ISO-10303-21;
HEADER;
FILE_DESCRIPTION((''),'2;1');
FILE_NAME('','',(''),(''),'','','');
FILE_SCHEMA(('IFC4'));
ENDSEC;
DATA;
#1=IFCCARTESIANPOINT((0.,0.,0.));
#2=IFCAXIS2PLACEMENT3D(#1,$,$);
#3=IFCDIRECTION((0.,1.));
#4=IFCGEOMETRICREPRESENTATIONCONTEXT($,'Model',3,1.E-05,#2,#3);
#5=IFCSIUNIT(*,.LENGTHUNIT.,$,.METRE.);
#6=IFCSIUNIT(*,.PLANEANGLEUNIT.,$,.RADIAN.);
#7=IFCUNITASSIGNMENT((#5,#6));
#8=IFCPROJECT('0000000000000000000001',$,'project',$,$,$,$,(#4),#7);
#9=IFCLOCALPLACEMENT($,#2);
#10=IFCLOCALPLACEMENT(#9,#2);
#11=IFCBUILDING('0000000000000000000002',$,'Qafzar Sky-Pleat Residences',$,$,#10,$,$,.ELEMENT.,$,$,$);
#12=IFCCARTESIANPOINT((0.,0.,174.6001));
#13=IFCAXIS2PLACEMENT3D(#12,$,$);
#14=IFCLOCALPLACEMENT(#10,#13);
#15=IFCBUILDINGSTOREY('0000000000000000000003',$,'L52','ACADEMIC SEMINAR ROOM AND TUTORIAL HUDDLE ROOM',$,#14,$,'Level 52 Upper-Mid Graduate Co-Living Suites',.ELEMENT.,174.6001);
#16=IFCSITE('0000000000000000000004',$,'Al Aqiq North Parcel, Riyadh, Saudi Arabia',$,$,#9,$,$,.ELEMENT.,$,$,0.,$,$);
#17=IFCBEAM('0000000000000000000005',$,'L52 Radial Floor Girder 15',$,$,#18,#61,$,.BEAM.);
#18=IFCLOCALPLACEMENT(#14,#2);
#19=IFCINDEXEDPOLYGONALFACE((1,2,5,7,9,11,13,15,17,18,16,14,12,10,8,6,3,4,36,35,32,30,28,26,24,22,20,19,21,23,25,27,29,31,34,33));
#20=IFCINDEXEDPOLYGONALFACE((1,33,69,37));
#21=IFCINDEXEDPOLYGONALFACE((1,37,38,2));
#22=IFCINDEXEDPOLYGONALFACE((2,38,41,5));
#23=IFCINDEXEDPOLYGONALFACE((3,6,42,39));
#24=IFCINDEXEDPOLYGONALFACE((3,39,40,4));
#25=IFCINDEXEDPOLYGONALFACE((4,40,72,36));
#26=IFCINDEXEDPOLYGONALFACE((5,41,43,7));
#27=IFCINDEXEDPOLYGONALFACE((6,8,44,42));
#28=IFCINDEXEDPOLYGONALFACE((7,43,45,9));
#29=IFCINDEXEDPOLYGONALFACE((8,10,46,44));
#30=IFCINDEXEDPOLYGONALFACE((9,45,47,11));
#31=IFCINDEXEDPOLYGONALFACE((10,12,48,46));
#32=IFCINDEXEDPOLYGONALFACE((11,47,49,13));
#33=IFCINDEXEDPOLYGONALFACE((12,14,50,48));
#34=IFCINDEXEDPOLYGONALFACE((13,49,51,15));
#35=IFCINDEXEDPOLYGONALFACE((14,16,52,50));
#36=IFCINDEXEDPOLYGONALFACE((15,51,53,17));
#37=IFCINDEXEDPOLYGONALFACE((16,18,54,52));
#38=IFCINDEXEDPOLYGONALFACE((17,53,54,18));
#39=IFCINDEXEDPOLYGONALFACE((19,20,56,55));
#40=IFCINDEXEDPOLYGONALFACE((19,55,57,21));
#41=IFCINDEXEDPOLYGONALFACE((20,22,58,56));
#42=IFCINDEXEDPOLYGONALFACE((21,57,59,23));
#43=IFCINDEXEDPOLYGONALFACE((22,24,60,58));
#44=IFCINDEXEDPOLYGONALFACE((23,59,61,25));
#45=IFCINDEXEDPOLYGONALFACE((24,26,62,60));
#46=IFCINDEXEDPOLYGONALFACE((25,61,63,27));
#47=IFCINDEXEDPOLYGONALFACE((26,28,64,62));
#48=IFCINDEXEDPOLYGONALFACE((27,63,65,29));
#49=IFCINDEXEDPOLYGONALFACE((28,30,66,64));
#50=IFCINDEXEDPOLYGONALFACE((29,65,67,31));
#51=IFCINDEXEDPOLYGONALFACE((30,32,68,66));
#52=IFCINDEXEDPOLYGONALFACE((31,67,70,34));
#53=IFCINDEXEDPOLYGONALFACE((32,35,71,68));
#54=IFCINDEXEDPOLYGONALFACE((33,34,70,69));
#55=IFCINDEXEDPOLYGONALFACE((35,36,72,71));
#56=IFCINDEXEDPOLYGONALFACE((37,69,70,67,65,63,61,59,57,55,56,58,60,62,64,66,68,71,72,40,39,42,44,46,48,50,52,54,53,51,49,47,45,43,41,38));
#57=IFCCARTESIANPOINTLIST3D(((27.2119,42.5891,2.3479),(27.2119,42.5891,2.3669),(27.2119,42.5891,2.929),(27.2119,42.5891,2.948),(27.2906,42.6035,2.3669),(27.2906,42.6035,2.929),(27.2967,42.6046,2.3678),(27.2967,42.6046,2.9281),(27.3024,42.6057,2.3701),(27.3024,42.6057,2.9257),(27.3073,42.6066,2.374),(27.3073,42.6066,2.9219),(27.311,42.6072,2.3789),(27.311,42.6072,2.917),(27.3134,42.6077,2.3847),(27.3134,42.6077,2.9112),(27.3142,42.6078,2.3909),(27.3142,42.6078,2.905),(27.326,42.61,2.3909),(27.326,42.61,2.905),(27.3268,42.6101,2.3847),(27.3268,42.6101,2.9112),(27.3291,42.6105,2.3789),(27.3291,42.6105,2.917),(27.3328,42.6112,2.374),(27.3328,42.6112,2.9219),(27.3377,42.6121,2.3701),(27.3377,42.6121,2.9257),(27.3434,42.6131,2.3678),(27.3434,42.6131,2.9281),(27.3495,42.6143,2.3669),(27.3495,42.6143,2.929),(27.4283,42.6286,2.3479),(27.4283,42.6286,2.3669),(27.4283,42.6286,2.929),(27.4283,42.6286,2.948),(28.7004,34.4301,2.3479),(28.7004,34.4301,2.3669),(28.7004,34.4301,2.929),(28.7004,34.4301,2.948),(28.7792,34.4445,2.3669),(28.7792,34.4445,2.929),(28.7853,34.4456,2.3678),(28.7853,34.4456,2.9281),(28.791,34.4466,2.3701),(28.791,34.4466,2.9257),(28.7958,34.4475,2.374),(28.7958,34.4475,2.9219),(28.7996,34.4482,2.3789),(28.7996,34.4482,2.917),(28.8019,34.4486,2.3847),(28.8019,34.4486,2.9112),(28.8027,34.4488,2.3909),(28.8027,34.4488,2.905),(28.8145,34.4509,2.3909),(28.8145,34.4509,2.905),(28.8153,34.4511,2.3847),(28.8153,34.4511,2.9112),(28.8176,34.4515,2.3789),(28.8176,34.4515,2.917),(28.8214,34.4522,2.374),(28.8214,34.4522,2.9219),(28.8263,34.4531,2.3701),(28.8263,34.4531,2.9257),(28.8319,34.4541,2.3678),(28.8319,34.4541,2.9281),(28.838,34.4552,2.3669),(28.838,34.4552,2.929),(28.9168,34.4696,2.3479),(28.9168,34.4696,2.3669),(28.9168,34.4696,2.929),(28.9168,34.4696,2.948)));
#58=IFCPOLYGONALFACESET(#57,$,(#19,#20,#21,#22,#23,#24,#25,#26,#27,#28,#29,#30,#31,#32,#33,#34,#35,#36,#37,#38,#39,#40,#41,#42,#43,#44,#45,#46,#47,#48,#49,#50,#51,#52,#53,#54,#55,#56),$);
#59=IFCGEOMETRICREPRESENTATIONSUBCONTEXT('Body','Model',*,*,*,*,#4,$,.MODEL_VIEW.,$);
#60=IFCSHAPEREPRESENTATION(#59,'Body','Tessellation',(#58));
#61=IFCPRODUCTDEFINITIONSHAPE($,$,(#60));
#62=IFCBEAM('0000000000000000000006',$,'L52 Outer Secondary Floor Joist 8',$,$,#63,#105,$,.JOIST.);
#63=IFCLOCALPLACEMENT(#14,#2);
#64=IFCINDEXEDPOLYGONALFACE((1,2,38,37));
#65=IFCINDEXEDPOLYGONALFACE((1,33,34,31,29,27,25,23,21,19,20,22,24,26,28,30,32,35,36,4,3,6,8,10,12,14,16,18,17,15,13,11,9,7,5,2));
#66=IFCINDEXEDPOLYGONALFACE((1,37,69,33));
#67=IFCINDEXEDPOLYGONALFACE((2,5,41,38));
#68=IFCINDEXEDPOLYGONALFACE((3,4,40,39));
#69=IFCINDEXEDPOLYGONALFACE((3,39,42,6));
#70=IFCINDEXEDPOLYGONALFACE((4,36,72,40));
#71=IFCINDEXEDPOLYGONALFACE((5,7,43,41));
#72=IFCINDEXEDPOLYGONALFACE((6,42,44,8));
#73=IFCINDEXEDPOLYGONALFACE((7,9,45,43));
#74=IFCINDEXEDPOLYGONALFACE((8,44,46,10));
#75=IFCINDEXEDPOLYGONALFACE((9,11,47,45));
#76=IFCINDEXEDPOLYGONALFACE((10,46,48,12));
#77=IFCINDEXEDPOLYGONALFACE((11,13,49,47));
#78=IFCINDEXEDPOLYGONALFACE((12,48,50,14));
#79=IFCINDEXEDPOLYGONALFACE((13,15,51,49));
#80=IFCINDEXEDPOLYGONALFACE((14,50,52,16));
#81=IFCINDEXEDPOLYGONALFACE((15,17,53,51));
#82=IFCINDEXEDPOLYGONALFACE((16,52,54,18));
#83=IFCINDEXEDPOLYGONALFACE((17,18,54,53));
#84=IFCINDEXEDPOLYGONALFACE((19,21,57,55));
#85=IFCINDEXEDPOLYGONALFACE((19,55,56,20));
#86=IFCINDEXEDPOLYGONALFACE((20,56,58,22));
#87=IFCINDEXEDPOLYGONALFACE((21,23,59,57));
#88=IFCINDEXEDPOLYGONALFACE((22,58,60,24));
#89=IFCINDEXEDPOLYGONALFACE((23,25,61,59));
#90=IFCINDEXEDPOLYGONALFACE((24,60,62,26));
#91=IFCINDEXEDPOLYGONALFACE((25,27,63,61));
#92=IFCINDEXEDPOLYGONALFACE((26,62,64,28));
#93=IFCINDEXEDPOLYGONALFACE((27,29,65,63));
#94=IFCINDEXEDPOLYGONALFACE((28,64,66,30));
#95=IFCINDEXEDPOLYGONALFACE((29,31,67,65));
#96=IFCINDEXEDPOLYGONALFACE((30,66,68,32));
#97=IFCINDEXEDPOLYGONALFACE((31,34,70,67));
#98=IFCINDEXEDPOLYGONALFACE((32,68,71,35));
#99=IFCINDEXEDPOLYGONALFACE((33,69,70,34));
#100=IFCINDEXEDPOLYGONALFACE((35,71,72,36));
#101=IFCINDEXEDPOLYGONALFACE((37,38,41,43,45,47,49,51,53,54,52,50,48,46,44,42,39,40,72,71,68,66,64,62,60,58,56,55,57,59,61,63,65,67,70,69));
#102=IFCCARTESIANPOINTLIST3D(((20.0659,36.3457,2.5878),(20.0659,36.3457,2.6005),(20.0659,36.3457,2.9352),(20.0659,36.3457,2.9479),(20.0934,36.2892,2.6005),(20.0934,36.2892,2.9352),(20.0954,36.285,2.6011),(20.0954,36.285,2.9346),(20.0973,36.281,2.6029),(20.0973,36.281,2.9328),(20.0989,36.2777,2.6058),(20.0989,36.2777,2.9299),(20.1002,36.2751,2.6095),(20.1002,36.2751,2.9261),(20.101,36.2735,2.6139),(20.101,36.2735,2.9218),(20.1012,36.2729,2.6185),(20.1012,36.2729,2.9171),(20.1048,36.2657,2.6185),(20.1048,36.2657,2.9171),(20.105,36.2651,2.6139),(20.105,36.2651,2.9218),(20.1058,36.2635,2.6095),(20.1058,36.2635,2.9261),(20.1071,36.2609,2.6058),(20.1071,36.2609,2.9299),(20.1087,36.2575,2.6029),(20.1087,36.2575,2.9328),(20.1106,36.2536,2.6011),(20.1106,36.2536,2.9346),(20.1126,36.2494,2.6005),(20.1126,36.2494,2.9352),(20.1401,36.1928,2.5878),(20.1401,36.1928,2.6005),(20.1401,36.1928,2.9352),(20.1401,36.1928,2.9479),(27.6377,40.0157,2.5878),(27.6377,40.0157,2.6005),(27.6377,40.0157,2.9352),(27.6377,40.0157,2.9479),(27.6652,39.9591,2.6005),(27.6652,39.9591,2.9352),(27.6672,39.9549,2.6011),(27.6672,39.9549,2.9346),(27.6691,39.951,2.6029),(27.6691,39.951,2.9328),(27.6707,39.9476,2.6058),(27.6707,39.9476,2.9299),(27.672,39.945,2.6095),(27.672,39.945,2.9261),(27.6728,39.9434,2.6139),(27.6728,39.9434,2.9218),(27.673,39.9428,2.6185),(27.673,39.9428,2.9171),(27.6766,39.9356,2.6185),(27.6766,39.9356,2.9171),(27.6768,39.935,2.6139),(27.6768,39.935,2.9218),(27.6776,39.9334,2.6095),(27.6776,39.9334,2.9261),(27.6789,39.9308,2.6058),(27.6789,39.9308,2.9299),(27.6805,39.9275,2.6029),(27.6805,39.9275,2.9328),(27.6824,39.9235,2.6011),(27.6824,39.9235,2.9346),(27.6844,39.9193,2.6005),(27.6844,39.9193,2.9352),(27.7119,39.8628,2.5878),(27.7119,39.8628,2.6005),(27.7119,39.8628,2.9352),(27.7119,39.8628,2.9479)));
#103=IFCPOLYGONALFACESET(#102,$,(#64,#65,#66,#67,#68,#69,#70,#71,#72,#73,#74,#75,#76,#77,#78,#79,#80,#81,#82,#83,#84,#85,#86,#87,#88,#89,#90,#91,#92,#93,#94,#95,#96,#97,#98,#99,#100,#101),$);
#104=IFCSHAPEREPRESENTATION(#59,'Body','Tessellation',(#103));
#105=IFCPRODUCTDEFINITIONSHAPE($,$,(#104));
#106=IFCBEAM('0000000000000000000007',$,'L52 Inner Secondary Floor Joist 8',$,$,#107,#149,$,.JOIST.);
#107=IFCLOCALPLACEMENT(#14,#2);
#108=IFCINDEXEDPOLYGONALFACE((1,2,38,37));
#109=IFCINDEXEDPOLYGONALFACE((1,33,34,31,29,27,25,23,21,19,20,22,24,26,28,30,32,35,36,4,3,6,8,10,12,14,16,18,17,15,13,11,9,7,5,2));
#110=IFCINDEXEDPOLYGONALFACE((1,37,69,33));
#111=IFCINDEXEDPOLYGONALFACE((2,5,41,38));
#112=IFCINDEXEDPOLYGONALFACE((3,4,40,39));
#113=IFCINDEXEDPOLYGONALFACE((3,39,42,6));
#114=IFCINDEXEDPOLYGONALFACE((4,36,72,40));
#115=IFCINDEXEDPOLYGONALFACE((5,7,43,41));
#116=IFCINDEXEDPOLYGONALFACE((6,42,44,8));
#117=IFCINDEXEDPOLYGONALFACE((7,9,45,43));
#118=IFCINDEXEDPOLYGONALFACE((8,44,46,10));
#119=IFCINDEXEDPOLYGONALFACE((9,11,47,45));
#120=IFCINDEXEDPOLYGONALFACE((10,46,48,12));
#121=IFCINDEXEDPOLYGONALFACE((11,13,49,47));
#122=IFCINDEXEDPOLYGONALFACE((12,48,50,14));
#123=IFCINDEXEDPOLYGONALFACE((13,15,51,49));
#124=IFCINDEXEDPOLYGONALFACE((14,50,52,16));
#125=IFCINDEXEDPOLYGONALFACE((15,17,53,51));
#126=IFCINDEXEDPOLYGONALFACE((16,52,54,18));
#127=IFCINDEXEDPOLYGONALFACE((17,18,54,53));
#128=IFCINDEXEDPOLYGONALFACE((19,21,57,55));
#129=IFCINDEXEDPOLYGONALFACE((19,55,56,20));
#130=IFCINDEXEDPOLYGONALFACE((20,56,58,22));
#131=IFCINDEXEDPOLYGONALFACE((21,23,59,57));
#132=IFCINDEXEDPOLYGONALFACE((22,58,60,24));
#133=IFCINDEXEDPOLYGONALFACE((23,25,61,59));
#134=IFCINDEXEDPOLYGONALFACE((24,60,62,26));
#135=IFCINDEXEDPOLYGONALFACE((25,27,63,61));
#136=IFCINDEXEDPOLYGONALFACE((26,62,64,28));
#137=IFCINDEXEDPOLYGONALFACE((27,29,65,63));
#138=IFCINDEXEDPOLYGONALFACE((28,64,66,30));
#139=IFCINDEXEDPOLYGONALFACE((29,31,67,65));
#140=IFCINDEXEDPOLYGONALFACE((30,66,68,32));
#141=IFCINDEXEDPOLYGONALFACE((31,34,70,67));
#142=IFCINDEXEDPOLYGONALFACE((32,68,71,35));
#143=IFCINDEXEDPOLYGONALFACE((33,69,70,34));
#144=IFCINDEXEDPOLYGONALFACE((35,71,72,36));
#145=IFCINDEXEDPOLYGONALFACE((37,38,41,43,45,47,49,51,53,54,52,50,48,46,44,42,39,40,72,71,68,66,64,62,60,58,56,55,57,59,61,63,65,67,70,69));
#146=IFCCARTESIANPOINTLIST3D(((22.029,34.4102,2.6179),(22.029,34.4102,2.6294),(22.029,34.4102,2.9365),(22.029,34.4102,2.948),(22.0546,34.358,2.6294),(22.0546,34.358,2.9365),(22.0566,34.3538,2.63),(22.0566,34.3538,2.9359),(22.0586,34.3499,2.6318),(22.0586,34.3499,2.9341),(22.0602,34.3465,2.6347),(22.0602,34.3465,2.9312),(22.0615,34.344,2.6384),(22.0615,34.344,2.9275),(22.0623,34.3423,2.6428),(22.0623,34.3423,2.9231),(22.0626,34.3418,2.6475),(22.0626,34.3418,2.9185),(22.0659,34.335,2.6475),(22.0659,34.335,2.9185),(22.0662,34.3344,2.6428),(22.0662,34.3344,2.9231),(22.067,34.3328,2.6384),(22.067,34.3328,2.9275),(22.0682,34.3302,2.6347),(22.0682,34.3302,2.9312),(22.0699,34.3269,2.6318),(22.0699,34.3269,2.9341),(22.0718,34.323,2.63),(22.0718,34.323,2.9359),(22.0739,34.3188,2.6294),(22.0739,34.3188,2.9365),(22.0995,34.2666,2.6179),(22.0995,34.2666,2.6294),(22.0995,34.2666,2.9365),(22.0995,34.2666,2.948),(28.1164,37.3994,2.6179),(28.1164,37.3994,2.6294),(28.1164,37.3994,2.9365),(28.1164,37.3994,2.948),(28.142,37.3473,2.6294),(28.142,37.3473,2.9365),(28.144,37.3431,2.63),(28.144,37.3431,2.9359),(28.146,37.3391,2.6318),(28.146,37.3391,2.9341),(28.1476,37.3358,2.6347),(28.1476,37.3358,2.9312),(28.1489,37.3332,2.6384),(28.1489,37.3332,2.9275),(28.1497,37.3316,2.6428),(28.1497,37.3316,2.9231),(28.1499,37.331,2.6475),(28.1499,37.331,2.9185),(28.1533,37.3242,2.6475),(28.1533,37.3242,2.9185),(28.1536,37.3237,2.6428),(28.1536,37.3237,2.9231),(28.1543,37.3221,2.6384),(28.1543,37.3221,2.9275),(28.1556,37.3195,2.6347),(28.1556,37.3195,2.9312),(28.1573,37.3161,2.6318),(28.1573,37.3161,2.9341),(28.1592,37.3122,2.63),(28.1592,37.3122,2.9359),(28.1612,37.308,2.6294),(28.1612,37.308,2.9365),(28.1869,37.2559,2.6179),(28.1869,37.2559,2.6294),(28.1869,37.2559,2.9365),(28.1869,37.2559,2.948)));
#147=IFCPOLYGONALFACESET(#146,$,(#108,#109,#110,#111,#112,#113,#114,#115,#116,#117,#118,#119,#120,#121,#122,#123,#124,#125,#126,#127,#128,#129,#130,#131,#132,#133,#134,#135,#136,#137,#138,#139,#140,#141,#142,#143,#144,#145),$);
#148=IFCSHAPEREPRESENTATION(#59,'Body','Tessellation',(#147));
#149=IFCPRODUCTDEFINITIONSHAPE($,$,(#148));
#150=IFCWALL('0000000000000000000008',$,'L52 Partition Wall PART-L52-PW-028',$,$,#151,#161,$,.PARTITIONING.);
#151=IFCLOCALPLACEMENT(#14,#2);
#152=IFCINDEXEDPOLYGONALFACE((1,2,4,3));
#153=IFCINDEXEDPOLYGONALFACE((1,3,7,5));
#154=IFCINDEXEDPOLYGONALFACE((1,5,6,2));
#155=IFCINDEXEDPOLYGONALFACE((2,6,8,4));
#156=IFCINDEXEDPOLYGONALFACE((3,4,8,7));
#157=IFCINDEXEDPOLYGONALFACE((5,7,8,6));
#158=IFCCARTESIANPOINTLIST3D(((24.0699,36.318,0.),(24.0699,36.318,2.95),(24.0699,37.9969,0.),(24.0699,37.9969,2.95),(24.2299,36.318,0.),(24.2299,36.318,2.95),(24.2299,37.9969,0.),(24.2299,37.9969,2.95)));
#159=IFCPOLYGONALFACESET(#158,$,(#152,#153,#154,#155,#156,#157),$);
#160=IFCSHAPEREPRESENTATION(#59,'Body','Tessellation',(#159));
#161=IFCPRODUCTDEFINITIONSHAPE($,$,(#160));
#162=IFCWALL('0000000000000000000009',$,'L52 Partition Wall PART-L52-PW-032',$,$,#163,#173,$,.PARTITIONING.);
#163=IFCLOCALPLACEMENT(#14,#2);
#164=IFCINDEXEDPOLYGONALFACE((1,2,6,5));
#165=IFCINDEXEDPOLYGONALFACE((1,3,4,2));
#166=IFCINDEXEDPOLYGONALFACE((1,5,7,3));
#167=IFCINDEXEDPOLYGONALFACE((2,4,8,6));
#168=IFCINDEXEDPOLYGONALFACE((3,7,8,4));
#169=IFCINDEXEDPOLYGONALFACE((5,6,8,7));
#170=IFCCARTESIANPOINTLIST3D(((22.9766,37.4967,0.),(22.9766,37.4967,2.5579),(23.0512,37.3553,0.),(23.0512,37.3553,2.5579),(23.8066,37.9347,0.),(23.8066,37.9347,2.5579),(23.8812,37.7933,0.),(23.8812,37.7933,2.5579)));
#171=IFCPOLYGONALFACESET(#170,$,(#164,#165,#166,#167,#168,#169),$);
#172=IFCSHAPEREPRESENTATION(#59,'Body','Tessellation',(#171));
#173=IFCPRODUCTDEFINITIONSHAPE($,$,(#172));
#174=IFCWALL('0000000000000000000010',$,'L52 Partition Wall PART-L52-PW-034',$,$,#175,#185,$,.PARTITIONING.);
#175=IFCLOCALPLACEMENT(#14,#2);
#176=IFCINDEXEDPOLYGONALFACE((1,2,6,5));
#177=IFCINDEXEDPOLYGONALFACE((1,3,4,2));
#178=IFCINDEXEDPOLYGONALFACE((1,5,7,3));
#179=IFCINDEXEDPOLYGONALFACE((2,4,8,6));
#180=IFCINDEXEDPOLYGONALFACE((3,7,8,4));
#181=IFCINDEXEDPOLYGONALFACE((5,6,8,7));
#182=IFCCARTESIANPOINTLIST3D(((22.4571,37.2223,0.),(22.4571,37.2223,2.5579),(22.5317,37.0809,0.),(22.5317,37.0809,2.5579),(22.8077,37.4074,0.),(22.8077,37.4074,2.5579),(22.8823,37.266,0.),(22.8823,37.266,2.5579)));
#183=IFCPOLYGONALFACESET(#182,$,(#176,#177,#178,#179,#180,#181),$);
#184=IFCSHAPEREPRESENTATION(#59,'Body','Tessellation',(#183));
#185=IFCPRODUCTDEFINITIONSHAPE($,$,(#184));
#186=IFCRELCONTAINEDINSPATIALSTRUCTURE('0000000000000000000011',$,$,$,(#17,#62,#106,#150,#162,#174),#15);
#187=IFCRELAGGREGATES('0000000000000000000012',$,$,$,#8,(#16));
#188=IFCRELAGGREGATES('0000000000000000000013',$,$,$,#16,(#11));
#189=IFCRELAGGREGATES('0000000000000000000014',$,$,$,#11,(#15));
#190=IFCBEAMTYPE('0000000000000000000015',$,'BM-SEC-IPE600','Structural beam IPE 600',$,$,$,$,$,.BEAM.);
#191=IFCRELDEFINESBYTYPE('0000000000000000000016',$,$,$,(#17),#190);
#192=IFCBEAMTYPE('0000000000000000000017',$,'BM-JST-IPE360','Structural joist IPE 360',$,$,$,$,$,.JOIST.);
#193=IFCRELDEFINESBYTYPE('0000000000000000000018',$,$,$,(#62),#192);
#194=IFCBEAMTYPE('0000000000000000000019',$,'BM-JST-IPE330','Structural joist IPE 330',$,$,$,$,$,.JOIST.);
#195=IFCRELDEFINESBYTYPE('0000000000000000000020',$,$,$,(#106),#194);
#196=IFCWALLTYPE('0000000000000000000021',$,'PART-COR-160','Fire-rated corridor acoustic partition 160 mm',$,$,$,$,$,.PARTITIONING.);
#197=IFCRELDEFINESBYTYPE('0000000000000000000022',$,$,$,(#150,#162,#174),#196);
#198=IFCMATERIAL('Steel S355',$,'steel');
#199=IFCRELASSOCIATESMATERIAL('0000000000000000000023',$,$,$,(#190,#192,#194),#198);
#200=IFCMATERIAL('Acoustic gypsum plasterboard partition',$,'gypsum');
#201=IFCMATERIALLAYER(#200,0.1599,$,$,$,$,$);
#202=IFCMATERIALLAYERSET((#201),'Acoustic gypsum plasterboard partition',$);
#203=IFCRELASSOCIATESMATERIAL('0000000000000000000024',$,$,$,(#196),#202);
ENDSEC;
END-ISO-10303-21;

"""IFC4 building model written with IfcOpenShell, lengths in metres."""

from ifc_helpers import new_model, si_unit, direction, frame, frame_2d, origin, origin_2d, place, context, subcontext, project, spatial, rectangle, i_section, extrude, source, transform, mapped, material, layer, layer_set, material_profile, profile_set, type_object, element, save


model = new_model("IFC4")

# Units and contexts
model_context = context("Model", 3, precision=1e-05, world=origin(), true_north=direction((0.0, 1.0)))
body_context = subcontext(model_context, "Body", "Model", "MODEL_VIEW")
ifc_project = project(units=[si_unit("LENGTHUNIT", "METRE"), si_unit("PLANEANGLEUNIT", "RADIAN")], contexts=[model_context])

# Site, building, storey
site_placement = place(None, origin())
site = spatial("IfcSite", under=ifc_project, at=site_placement, Name="Al Aqiq North Parcel, Riyadh, Saudi Arabia", CompositionType="ELEMENT", RefElevation=0.0)
building_placement = place(site_placement, origin())
building = spatial("IfcBuilding", under=site, at=building_placement, Name="Qafzar Sky-Pleat Residences", CompositionType="ELEMENT")
storey_placement = place(building_placement, frame((0.0, 0.0, 174.6001)))
storey = spatial("IfcBuildingStorey", under=building, at=storey_placement, Name="L52", Description="ACADEMIC SEMINAR ROOM AND TUTORIAL HUDDLE ROOM", LongName="Level 52 Upper-Mid Graduate Co-Living Suites", CompositionType="ELEMENT", Elevation=174.6001)

# Shared definitions
ifc_material_1 = material(Name="Steel S355", Category="steel")

# Beams
ifc_material_profile_1 = material_profile(ifc_material_1, i_section(OverallWidth=0.22, OverallDepth=0.6001, WebThickness=0.012, FlangeThickness=0.019, FilletRadius=0.0239, at=origin_2d()), Name="IPE 600")
ifc_profile_set_1 = profile_set([ifc_material_profile_1], Name="Steel S355")
beam_type_1 = type_object("IfcBeamType", Name="BM-SEC-IPE600", Description="Structural beam IPE 600", PredefinedType="BEAM", material=ifc_profile_set_1)
shared_shape_1 = source(origin(), body_context, "Body", "SweptSolid", [
    extrude(i_section(OverallWidth=0.22, OverallDepth=0.6001, WebThickness=0.012, FlangeThickness=0.019, FilletRadius=0.0239, at=origin_2d()), origin(), (0.0, 0.0, 1.0), 8.2937),
])
beam_1_placement = place(storey_placement, frame((27.3201, 42.6089, 2.6479), z_axis=(0.179479, -0.983762, 0.0), x_axis=(0.983762, 0.179479, 0.0)))
element("IfcBeam", 1, at=beam_1_placement, inside=storey, type_object=beam_type_1, Name="L52 Radial Floor Girder 15", PredefinedType="BEAM", context=body_context, shape_type="MappedRepresentation", body=[
    mapped(shared_shape_1, transform((0.0, 0.0, 0.0), x_axis=(1.0, 0.0, 0.0), y_axis=(0.0, 1.0, 0.0), z_axis=(0.0, 0.0, 1.0), scale=1.0)),
])
ifc_material_profile_2 = material_profile(ifc_material_1, i_section(OverallWidth=0.1699, OverallDepth=0.3601, WebThickness=0.0081, FlangeThickness=0.0127, FilletRadius=0.0181, at=origin_2d()), Name="IPE 360")
ifc_profile_set_2 = profile_set([ifc_material_profile_2], Name="Steel S355")
beam_type_2 = type_object("IfcBeamType", Name="BM-JST-IPE360", Description="Structural joist IPE 360", PredefinedType="JOIST", material=ifc_profile_set_2)
shared_shape_2 = source(origin(), body_context, "Body", "SweptSolid", [
    extrude(i_section(OverallWidth=0.1699, OverallDepth=0.3601, WebThickness=0.0081, FlangeThickness=0.0127, FilletRadius=0.0181, at=origin_2d()), origin(), (0.0, 0.0, 1.0), 8.4143),
])
beam_2_placement = place(storey_placement, frame((27.6748, 39.9392, 2.7678), z_axis=(-0.899872, -0.436154, 0.0), x_axis=(0.436154, -0.899872, 0.0)))
element("IfcBeam", 2, at=beam_2_placement, inside=storey, type_object=beam_type_2, Name="L52 Outer Secondary Floor Joist 8", PredefinedType="JOIST", context=body_context, shape_type="MappedRepresentation", body=[
    mapped(shared_shape_2, transform((0.0, 0.0, 0.0), x_axis=(1.0, 0.0, 0.0), y_axis=(0.0, 1.0, 0.0), z_axis=(0.0, 0.0, 1.0), scale=1.0)),
])
ifc_material_profile_3 = material_profile(ifc_material_1, i_section(OverallWidth=0.1599, OverallDepth=0.3301, WebThickness=0.0076, FlangeThickness=0.0115, FilletRadius=0.0181, at=origin_2d()), Name="IPE 330")
ifc_profile_set_3 = profile_set([ifc_material_profile_3], Name="Steel S355")
beam_type_3 = type_object("IfcBeamType", Name="BM-JST-IPE330", Description="Structural joist IPE 330", PredefinedType="JOIST", material=ifc_profile_set_3)
shared_shape_3 = source(origin(), body_context, "Body", "SweptSolid", [
    extrude(i_section(OverallWidth=0.1599, OverallDepth=0.3301, WebThickness=0.0076, FlangeThickness=0.0115, FilletRadius=0.0181, at=origin_2d()), origin(), (0.0, 0.0, 1.0), 6.7817),
])
beam_3_placement = place(storey_placement, frame((28.1516, 37.3276, 2.783), z_axis=(-0.897615, -0.44078, 0.0), x_axis=(0.44078, -0.897615, 0.0)))
element("IfcBeam", 3, at=beam_3_placement, inside=storey, type_object=beam_type_3, Name="L52 Inner Secondary Floor Joist 8", PredefinedType="JOIST", context=body_context, shape_type="MappedRepresentation", body=[
    mapped(shared_shape_3, transform((0.0, 0.0, 0.0), x_axis=(1.0, 0.0, 0.0), y_axis=(0.0, 1.0, 0.0), z_axis=(0.0, 0.0, 1.0), scale=1.0)),
])

# Walls
ifc_material_2 = material(Name="Acoustic gypsum plasterboard partition", Category="gypsum")
ifc_layer_1 = layer(ifc_material_2, 0.1599)
ifc_layer_set_1 = layer_set([ifc_layer_1], Name="Acoustic gypsum plasterboard partition")
wall_type_1 = type_object("IfcWallType", Name="PART-COR-160", Description="Fire-rated corridor acoustic partition 160 mm", PredefinedType="PARTITIONING", material=ifc_layer_set_1)
wall_1_placement = place(storey_placement, frame((24.1499, 36.3181, 0.0), z_axis=(0.0, 0.0, 1.0), x_axis=(0.0, 1.0, 0.0)))
element("IfcWall", 4, at=wall_1_placement, inside=storey, type_object=wall_type_1, Name="L52 Partition Wall PART-L52-PW-028", PredefinedType="PARTITIONING", context=body_context, shape_type="SweptSolid", body=[
    extrude(rectangle(XDim=1.679, YDim=0.1599, at=frame_2d((0.8394, 0.0))), origin(), (0.0, 0.0, 1.0), 2.95),
])
wall_2_placement = place(storey_placement, frame((23.0139, 37.426, 0.0), z_axis=(0.0, 0.0, 1.0), x_axis=(0.884432, 0.466668, 0.0)))
element("IfcWall", 5, at=wall_2_placement, inside=storey, type_object=wall_type_1, Name="L52 Partition Wall PART-L52-PW-032", PredefinedType="PARTITIONING", context=body_context, shape_type="SweptSolid", body=[
    extrude(rectangle(XDim=0.9385, YDim=0.1599, at=frame_2d((0.4692, 0.0))), origin(), (0.0, 0.0, 1.0), 2.5579),
])
wall_3_placement = place(storey_placement, frame((22.4944, 37.1516, 0.0), z_axis=(0.0, 0.0, 1.0), x_axis=(0.884357, 0.466812, 0.0)))
element("IfcWall", 6, at=wall_3_placement, inside=storey, type_object=wall_type_1, Name="L52 Partition Wall PART-L52-PW-034", PredefinedType="PARTITIONING", context=body_context, shape_type="SweptSolid", body=[
    extrude(rectangle(XDim=0.3965, YDim=0.1599, at=frame_2d((0.1982, 0.0))), origin(), (0.0, 0.0, 1.0), 2.5579),
])

save(model, "model.ifc")
